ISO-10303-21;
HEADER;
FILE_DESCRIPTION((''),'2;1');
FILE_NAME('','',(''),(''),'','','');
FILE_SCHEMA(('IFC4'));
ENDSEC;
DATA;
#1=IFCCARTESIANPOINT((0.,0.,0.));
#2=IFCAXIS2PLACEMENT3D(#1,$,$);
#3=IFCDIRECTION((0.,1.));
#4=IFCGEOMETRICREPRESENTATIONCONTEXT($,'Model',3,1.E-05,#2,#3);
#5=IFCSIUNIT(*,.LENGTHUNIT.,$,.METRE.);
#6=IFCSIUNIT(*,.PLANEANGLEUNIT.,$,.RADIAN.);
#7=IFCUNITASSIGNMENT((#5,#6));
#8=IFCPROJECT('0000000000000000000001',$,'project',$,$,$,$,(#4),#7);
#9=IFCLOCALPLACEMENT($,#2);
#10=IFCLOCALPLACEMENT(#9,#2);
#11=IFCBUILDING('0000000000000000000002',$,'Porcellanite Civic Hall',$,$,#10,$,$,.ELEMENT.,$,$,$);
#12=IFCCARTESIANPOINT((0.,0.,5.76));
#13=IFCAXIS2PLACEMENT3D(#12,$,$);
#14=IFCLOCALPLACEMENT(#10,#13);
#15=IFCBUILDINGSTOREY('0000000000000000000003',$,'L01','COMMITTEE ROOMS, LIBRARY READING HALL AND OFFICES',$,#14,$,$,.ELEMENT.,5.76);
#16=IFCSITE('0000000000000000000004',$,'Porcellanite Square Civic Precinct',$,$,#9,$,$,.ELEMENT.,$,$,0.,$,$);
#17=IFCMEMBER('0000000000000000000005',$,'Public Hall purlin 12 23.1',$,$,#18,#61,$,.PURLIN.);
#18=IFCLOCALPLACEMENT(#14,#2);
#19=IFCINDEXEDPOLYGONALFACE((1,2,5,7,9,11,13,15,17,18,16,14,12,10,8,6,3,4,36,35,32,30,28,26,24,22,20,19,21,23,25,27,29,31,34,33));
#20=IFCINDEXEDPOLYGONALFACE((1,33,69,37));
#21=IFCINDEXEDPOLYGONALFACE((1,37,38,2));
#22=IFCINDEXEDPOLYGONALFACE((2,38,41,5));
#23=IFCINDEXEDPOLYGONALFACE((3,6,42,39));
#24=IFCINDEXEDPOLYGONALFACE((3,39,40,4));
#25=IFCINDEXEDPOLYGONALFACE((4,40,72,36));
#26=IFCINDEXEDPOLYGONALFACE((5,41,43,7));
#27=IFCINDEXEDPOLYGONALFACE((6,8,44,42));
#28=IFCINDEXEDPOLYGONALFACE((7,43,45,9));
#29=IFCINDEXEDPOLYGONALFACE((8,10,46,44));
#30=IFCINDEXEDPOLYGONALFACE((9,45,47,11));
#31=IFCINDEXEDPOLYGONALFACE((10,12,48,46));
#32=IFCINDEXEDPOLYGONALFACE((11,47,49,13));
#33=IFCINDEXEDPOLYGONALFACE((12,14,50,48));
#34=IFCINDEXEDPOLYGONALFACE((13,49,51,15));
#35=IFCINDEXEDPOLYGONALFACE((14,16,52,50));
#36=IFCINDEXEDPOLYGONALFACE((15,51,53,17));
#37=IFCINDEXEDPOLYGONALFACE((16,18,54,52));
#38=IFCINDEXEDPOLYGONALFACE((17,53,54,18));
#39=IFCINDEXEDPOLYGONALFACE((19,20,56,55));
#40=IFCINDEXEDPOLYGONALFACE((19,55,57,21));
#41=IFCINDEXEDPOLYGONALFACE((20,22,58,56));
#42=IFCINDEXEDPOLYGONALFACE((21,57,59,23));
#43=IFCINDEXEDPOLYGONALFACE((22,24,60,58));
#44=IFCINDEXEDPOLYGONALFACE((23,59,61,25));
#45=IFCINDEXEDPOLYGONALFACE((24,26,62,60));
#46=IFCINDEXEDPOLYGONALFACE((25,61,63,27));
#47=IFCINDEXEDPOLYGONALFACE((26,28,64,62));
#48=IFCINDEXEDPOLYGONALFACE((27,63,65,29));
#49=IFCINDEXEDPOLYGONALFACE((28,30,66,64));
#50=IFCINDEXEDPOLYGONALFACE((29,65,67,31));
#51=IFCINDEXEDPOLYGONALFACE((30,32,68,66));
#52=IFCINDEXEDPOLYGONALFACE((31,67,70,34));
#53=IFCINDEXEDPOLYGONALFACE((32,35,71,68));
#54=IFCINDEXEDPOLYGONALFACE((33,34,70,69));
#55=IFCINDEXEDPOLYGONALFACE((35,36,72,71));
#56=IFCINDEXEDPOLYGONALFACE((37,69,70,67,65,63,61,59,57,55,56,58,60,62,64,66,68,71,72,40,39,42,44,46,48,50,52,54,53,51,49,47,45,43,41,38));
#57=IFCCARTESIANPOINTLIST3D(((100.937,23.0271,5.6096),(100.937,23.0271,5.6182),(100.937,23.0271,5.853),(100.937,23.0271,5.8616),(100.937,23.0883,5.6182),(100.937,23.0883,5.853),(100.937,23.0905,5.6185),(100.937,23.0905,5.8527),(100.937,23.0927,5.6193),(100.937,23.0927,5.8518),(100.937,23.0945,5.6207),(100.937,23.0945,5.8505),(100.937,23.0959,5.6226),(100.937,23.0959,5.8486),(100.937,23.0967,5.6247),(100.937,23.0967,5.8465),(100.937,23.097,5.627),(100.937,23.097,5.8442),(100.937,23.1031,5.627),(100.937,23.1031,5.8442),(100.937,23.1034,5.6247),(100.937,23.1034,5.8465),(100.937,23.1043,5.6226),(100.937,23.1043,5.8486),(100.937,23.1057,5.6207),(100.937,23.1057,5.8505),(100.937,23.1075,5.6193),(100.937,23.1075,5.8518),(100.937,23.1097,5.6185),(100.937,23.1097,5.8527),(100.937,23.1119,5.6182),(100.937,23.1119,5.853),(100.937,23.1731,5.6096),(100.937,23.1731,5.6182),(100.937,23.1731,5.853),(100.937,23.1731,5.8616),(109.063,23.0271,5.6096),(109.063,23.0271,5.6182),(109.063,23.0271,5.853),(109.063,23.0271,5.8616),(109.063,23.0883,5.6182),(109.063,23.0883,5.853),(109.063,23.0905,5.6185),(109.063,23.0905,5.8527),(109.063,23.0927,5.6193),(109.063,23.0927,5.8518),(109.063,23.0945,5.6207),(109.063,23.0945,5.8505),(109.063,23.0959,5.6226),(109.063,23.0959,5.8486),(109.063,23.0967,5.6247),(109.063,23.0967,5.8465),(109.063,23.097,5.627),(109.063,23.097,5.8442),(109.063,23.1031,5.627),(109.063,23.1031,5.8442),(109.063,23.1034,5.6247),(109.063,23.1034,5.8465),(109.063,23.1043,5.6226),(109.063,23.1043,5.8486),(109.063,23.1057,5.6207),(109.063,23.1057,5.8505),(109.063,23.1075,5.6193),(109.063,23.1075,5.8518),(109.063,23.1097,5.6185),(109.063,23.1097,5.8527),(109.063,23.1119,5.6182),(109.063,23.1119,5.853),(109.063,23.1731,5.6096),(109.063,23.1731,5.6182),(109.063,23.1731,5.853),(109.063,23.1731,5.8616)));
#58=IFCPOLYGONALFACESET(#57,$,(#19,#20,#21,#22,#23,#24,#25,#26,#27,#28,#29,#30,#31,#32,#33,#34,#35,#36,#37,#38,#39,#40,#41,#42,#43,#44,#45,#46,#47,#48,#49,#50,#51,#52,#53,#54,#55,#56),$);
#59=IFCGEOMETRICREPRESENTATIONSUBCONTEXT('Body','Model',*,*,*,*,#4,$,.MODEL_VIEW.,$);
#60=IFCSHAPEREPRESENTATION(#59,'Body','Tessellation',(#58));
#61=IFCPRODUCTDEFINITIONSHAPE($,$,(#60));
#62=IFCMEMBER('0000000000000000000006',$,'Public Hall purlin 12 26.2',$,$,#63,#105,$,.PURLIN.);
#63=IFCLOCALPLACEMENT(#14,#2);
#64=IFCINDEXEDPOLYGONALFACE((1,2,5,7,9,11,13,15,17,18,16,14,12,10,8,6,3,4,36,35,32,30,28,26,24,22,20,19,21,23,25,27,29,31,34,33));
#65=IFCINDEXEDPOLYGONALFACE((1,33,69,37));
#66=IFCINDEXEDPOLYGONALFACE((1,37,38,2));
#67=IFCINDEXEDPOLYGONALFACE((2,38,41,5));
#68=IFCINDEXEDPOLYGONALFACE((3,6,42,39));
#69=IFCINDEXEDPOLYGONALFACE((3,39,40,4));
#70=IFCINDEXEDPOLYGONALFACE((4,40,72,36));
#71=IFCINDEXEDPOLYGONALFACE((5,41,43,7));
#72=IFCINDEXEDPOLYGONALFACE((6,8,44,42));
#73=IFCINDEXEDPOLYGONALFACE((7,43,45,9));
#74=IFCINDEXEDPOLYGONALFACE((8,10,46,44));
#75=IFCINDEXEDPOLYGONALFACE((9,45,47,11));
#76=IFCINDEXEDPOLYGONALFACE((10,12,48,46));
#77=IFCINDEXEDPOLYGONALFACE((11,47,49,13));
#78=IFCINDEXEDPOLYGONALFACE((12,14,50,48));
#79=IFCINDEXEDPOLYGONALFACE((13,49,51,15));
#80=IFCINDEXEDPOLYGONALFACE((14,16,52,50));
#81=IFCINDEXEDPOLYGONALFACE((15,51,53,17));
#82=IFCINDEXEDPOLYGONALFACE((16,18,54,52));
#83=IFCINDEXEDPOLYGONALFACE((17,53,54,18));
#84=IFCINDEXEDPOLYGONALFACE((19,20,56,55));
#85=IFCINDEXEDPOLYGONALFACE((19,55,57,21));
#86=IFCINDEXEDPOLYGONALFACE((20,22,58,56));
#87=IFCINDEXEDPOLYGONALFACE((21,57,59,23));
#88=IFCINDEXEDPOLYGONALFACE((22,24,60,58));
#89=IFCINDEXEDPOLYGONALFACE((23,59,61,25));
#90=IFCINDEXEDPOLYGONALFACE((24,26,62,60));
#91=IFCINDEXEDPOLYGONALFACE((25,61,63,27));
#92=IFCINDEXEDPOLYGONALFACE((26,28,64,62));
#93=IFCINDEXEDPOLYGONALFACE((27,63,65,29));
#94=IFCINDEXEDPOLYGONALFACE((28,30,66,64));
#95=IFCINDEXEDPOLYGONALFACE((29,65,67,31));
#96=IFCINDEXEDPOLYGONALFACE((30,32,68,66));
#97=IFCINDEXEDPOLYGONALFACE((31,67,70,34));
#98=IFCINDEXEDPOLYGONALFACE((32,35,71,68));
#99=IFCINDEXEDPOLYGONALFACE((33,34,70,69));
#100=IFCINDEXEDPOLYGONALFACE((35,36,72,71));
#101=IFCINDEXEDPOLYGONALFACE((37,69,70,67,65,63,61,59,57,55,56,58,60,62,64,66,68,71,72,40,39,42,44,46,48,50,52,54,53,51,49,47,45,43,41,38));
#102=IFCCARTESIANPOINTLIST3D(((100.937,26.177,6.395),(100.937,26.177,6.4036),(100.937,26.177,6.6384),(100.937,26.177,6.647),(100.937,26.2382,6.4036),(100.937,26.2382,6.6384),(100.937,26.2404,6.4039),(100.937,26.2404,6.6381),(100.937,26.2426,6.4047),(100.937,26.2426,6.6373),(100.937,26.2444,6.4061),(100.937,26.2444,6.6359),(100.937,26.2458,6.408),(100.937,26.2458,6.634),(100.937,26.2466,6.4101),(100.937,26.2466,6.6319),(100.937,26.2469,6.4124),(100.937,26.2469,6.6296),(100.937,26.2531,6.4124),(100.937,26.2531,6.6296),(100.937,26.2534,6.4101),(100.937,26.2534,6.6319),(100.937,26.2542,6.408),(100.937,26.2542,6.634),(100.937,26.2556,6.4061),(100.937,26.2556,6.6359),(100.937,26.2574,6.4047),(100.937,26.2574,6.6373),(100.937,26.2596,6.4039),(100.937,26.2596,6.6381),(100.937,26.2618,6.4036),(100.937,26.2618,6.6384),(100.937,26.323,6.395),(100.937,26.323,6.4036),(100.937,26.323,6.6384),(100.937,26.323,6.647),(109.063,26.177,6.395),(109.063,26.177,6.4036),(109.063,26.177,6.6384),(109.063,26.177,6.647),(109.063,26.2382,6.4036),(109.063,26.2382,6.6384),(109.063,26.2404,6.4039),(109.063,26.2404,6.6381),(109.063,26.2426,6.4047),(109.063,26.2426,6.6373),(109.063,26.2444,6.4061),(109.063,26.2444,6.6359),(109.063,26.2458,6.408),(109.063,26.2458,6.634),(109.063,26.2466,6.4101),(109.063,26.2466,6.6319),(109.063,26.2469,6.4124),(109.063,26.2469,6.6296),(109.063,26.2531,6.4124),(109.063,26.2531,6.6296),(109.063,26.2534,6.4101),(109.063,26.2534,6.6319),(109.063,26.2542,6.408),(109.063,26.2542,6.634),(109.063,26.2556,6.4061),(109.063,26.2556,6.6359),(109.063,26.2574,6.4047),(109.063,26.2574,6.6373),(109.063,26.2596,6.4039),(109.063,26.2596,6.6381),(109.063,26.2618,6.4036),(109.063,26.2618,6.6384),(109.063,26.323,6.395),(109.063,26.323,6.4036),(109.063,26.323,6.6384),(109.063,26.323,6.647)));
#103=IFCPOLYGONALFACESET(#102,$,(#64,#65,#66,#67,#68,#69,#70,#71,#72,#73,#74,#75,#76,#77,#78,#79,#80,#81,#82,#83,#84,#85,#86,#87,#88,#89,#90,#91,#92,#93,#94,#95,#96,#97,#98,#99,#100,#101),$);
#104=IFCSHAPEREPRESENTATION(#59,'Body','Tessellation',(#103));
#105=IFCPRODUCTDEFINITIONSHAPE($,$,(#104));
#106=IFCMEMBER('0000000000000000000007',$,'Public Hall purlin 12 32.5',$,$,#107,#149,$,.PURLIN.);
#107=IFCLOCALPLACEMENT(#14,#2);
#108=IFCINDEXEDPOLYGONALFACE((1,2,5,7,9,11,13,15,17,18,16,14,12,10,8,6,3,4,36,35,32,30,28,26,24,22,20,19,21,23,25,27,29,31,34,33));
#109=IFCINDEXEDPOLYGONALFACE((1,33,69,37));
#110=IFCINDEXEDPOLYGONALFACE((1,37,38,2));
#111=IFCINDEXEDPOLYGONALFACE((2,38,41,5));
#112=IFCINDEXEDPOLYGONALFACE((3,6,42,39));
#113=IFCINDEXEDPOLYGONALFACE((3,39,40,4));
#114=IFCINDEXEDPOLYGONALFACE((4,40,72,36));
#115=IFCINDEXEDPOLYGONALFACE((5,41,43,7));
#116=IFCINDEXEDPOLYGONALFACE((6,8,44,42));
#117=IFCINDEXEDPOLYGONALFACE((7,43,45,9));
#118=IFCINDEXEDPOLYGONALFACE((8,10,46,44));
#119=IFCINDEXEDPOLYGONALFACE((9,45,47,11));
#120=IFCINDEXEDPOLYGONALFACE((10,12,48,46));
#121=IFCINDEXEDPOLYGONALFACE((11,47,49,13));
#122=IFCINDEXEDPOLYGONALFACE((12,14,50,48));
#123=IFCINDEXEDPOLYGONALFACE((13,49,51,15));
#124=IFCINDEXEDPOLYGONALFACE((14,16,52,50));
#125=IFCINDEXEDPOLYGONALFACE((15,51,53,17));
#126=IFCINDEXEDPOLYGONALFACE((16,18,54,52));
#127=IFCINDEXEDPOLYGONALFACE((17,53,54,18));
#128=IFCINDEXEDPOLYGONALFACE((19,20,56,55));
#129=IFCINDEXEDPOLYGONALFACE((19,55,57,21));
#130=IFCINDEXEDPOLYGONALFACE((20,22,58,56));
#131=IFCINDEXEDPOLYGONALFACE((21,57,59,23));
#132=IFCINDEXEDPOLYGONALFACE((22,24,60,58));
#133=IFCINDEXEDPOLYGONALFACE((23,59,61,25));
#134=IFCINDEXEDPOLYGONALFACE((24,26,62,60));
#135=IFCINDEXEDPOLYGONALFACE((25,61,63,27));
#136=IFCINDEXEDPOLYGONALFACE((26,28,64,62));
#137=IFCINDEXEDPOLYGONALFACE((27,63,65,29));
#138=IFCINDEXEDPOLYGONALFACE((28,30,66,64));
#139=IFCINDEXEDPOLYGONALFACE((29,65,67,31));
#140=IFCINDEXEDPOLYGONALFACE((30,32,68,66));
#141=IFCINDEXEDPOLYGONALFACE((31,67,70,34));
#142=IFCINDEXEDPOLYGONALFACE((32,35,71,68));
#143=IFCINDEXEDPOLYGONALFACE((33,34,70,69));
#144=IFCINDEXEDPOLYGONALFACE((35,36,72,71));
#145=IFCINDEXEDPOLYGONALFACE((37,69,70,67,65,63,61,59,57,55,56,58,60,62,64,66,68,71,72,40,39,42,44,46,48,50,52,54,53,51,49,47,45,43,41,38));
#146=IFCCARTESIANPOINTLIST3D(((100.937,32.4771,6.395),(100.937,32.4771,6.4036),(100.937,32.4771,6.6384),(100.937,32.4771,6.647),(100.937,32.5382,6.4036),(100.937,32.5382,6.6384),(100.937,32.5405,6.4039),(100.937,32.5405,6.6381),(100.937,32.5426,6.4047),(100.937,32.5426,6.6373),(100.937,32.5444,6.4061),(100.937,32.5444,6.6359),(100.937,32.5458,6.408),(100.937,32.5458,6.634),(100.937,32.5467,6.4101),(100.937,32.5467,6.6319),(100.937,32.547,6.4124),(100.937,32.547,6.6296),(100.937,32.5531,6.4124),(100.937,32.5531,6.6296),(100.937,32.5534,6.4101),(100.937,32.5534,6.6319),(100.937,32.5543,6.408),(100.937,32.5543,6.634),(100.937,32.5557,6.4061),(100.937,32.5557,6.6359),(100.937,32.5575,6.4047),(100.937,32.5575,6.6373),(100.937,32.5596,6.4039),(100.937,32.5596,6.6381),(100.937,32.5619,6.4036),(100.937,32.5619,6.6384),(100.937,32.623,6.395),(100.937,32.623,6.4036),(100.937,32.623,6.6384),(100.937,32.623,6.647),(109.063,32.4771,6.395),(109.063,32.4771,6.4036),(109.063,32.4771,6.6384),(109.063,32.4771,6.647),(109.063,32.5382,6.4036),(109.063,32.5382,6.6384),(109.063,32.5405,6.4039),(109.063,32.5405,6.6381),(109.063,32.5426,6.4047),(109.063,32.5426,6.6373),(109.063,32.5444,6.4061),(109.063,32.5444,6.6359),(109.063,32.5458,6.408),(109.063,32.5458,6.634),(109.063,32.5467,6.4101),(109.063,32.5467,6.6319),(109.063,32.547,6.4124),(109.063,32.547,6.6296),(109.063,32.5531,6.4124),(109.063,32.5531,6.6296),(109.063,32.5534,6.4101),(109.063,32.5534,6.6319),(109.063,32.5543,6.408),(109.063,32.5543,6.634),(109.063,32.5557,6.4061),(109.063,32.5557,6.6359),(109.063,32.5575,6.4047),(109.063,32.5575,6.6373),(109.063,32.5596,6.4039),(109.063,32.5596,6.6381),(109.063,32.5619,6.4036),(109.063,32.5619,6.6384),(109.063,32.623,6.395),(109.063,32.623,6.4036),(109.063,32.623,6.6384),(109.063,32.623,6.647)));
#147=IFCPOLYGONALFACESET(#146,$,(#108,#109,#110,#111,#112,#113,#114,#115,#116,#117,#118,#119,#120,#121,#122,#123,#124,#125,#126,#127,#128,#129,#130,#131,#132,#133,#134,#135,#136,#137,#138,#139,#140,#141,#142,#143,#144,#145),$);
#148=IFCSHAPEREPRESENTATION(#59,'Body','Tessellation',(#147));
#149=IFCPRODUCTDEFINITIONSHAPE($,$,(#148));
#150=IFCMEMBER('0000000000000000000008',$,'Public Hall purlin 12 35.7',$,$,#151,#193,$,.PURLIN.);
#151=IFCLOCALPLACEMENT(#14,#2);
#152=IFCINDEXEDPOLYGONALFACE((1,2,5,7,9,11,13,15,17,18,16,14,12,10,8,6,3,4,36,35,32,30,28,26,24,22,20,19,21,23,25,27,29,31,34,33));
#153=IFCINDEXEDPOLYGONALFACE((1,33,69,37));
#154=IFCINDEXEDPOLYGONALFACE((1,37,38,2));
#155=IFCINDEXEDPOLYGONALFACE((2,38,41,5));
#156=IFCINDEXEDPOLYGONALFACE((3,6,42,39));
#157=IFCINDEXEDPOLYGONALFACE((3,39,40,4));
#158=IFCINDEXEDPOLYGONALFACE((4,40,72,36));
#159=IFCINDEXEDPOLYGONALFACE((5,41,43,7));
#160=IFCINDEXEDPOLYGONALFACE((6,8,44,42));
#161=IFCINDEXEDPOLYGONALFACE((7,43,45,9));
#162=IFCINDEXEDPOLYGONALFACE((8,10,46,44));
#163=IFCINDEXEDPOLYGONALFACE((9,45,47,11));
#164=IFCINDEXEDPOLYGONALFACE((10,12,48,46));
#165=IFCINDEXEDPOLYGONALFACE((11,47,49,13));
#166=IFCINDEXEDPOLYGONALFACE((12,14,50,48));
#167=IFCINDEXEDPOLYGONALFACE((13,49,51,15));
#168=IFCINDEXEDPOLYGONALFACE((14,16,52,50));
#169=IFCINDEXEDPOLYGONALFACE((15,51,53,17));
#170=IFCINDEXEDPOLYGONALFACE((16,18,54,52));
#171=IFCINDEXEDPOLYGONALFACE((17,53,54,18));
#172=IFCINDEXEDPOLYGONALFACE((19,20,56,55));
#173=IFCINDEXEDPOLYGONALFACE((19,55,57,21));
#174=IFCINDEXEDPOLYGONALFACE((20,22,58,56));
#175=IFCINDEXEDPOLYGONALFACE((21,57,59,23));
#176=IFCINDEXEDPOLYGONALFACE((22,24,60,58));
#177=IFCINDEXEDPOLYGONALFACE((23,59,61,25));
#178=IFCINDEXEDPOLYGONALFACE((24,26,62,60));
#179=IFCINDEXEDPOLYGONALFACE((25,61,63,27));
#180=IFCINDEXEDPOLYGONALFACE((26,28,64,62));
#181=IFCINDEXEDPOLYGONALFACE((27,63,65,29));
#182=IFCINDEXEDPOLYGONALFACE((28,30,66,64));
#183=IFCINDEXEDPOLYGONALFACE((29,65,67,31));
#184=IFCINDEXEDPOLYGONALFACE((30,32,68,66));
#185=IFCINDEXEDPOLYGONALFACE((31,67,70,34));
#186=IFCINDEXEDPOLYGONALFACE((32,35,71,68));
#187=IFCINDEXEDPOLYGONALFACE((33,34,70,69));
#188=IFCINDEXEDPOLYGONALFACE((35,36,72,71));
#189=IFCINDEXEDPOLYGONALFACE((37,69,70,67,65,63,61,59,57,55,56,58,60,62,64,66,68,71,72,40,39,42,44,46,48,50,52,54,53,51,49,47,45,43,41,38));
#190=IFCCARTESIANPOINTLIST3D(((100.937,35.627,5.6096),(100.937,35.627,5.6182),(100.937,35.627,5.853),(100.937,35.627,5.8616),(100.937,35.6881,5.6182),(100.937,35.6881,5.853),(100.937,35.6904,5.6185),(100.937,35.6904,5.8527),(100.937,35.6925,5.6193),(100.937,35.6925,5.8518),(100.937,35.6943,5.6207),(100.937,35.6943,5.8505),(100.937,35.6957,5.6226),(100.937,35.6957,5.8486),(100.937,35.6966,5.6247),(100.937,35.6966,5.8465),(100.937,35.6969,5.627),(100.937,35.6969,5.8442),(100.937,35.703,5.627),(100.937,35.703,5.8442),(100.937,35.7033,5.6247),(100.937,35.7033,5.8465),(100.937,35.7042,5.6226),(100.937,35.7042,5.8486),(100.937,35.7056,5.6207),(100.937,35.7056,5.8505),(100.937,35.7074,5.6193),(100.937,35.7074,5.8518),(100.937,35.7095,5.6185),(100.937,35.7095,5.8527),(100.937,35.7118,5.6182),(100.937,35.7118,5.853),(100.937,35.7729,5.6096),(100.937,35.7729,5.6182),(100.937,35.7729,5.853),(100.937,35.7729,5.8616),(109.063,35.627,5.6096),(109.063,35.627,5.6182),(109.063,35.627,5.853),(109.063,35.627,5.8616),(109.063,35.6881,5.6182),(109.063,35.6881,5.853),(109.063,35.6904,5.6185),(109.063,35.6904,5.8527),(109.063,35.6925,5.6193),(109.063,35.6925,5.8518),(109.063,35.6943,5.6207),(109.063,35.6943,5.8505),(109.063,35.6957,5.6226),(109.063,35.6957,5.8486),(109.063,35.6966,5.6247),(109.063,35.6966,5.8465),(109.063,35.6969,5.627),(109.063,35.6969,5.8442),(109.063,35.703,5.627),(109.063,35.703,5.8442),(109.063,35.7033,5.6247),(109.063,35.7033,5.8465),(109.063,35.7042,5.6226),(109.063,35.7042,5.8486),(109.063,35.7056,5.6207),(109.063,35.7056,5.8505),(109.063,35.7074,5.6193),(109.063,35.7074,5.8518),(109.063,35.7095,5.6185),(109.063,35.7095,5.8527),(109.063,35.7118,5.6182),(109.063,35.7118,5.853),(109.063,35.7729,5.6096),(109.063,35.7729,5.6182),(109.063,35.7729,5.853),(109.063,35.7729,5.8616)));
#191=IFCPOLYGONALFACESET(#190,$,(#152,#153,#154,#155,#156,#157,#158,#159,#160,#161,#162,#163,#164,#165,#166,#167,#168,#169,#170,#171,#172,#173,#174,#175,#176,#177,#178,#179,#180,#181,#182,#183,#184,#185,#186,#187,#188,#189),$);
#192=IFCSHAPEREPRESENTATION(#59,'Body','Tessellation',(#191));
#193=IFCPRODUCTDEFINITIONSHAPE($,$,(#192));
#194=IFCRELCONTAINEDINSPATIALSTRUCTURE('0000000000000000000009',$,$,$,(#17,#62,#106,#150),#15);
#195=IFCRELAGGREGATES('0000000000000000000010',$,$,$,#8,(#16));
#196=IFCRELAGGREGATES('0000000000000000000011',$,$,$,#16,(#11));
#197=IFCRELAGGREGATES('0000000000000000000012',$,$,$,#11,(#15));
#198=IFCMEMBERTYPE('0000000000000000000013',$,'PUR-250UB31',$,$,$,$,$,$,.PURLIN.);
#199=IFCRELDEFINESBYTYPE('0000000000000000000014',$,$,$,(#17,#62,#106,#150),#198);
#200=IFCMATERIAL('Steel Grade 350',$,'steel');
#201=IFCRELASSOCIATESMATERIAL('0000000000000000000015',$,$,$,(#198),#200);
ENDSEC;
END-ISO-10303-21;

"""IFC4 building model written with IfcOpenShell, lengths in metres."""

from ifc_helpers import new_model, si_unit, direction, frame, origin, origin_2d, place, context, subcontext, project, spatial, i_section, extrude, material, material_profile, profile_set, type_object, element, save


model = new_model("IFC4")

# Units and contexts
model_context = context("Model", 3, precision=1e-05, world=origin(), true_north=direction((0.0, 1.0)))
body_context = subcontext(model_context, "Body", "Model", "MODEL_VIEW")
ifc_project = project(units=[si_unit("LENGTHUNIT", "METRE"), si_unit("PLANEANGLEUNIT", "RADIAN")], contexts=[model_context])

# Site, building, storey
site_placement = place(None, origin())
site = spatial("IfcSite", under=ifc_project, at=site_placement, Name="Porcellanite Square Civic Precinct", CompositionType="ELEMENT", RefElevation=0.0)
building_placement = place(site_placement, origin())
building = spatial("IfcBuilding", under=site, at=building_placement, Name="Porcellanite Civic Hall", CompositionType="ELEMENT")
storey_placement = place(building_placement, frame((0.0, 0.0, 5.76)))
storey = spatial("IfcBuildingStorey", under=building, at=storey_placement, Name="L01", Description="COMMITTEE ROOMS, LIBRARY READING HALL AND OFFICES", CompositionType="ELEMENT", Elevation=5.76)

# Members
ifc_material_1 = material(Name="Steel Grade 350", Category="steel")
ifc_material_profile_1 = material_profile(ifc_material_1, i_section(OverallWidth=0.146, OverallDepth=0.252, WebThickness=0.0061, FlangeThickness=0.0085, FilletRadius=0.0088, at=origin_2d()), Name="250UB31.4")
ifc_profile_set_1 = profile_set([ifc_material_profile_1], Name="Steel Grade 350")
member_type_1 = type_object("IfcMemberType", Name="PUR-250UB31", PredefinedType="PURLIN", material=ifc_profile_set_1)
for number, where, z_axis, x_axis, name in (
    (1, (100.937, 23.1001, 5.7356), (1.0, 0.0, 0.0), (0.0, 1.0, 0.0), "Public Hall purlin 12 23.1"),
    (2, (100.937, 26.25, 6.521), (1.0, 0.0, 0.0), (0.0, 1.0, 0.0), "Public Hall purlin 12 26.2"),
    (3, (100.937, 32.55, 6.521), (1.0, 0.0, 0.0), (0.0, 1.0, 0.0), "Public Hall purlin 12 32.5"),
    (4, (100.937, 35.7, 5.7356), (1.0, 0.0, 0.0), (0.0, 1.0, 0.0), "Public Hall purlin 12 35.7"),
):
    element("IfcMember", number, at=place(storey_placement, frame(where, z_axis=z_axis, x_axis=x_axis)), inside=storey, type_object=member_type_1, Name=name, PredefinedType="PURLIN", context=body_context, shape_type="SweptSolid", body=[
        extrude(i_section(OverallWidth=0.146, OverallDepth=0.252, WebThickness=0.0061, FlangeThickness=0.0085, FilletRadius=0.0088, at=origin_2d()), origin(), (0.0, 0.0, 1.0), 8.126),
    ])

save(model, "model.ifc")
